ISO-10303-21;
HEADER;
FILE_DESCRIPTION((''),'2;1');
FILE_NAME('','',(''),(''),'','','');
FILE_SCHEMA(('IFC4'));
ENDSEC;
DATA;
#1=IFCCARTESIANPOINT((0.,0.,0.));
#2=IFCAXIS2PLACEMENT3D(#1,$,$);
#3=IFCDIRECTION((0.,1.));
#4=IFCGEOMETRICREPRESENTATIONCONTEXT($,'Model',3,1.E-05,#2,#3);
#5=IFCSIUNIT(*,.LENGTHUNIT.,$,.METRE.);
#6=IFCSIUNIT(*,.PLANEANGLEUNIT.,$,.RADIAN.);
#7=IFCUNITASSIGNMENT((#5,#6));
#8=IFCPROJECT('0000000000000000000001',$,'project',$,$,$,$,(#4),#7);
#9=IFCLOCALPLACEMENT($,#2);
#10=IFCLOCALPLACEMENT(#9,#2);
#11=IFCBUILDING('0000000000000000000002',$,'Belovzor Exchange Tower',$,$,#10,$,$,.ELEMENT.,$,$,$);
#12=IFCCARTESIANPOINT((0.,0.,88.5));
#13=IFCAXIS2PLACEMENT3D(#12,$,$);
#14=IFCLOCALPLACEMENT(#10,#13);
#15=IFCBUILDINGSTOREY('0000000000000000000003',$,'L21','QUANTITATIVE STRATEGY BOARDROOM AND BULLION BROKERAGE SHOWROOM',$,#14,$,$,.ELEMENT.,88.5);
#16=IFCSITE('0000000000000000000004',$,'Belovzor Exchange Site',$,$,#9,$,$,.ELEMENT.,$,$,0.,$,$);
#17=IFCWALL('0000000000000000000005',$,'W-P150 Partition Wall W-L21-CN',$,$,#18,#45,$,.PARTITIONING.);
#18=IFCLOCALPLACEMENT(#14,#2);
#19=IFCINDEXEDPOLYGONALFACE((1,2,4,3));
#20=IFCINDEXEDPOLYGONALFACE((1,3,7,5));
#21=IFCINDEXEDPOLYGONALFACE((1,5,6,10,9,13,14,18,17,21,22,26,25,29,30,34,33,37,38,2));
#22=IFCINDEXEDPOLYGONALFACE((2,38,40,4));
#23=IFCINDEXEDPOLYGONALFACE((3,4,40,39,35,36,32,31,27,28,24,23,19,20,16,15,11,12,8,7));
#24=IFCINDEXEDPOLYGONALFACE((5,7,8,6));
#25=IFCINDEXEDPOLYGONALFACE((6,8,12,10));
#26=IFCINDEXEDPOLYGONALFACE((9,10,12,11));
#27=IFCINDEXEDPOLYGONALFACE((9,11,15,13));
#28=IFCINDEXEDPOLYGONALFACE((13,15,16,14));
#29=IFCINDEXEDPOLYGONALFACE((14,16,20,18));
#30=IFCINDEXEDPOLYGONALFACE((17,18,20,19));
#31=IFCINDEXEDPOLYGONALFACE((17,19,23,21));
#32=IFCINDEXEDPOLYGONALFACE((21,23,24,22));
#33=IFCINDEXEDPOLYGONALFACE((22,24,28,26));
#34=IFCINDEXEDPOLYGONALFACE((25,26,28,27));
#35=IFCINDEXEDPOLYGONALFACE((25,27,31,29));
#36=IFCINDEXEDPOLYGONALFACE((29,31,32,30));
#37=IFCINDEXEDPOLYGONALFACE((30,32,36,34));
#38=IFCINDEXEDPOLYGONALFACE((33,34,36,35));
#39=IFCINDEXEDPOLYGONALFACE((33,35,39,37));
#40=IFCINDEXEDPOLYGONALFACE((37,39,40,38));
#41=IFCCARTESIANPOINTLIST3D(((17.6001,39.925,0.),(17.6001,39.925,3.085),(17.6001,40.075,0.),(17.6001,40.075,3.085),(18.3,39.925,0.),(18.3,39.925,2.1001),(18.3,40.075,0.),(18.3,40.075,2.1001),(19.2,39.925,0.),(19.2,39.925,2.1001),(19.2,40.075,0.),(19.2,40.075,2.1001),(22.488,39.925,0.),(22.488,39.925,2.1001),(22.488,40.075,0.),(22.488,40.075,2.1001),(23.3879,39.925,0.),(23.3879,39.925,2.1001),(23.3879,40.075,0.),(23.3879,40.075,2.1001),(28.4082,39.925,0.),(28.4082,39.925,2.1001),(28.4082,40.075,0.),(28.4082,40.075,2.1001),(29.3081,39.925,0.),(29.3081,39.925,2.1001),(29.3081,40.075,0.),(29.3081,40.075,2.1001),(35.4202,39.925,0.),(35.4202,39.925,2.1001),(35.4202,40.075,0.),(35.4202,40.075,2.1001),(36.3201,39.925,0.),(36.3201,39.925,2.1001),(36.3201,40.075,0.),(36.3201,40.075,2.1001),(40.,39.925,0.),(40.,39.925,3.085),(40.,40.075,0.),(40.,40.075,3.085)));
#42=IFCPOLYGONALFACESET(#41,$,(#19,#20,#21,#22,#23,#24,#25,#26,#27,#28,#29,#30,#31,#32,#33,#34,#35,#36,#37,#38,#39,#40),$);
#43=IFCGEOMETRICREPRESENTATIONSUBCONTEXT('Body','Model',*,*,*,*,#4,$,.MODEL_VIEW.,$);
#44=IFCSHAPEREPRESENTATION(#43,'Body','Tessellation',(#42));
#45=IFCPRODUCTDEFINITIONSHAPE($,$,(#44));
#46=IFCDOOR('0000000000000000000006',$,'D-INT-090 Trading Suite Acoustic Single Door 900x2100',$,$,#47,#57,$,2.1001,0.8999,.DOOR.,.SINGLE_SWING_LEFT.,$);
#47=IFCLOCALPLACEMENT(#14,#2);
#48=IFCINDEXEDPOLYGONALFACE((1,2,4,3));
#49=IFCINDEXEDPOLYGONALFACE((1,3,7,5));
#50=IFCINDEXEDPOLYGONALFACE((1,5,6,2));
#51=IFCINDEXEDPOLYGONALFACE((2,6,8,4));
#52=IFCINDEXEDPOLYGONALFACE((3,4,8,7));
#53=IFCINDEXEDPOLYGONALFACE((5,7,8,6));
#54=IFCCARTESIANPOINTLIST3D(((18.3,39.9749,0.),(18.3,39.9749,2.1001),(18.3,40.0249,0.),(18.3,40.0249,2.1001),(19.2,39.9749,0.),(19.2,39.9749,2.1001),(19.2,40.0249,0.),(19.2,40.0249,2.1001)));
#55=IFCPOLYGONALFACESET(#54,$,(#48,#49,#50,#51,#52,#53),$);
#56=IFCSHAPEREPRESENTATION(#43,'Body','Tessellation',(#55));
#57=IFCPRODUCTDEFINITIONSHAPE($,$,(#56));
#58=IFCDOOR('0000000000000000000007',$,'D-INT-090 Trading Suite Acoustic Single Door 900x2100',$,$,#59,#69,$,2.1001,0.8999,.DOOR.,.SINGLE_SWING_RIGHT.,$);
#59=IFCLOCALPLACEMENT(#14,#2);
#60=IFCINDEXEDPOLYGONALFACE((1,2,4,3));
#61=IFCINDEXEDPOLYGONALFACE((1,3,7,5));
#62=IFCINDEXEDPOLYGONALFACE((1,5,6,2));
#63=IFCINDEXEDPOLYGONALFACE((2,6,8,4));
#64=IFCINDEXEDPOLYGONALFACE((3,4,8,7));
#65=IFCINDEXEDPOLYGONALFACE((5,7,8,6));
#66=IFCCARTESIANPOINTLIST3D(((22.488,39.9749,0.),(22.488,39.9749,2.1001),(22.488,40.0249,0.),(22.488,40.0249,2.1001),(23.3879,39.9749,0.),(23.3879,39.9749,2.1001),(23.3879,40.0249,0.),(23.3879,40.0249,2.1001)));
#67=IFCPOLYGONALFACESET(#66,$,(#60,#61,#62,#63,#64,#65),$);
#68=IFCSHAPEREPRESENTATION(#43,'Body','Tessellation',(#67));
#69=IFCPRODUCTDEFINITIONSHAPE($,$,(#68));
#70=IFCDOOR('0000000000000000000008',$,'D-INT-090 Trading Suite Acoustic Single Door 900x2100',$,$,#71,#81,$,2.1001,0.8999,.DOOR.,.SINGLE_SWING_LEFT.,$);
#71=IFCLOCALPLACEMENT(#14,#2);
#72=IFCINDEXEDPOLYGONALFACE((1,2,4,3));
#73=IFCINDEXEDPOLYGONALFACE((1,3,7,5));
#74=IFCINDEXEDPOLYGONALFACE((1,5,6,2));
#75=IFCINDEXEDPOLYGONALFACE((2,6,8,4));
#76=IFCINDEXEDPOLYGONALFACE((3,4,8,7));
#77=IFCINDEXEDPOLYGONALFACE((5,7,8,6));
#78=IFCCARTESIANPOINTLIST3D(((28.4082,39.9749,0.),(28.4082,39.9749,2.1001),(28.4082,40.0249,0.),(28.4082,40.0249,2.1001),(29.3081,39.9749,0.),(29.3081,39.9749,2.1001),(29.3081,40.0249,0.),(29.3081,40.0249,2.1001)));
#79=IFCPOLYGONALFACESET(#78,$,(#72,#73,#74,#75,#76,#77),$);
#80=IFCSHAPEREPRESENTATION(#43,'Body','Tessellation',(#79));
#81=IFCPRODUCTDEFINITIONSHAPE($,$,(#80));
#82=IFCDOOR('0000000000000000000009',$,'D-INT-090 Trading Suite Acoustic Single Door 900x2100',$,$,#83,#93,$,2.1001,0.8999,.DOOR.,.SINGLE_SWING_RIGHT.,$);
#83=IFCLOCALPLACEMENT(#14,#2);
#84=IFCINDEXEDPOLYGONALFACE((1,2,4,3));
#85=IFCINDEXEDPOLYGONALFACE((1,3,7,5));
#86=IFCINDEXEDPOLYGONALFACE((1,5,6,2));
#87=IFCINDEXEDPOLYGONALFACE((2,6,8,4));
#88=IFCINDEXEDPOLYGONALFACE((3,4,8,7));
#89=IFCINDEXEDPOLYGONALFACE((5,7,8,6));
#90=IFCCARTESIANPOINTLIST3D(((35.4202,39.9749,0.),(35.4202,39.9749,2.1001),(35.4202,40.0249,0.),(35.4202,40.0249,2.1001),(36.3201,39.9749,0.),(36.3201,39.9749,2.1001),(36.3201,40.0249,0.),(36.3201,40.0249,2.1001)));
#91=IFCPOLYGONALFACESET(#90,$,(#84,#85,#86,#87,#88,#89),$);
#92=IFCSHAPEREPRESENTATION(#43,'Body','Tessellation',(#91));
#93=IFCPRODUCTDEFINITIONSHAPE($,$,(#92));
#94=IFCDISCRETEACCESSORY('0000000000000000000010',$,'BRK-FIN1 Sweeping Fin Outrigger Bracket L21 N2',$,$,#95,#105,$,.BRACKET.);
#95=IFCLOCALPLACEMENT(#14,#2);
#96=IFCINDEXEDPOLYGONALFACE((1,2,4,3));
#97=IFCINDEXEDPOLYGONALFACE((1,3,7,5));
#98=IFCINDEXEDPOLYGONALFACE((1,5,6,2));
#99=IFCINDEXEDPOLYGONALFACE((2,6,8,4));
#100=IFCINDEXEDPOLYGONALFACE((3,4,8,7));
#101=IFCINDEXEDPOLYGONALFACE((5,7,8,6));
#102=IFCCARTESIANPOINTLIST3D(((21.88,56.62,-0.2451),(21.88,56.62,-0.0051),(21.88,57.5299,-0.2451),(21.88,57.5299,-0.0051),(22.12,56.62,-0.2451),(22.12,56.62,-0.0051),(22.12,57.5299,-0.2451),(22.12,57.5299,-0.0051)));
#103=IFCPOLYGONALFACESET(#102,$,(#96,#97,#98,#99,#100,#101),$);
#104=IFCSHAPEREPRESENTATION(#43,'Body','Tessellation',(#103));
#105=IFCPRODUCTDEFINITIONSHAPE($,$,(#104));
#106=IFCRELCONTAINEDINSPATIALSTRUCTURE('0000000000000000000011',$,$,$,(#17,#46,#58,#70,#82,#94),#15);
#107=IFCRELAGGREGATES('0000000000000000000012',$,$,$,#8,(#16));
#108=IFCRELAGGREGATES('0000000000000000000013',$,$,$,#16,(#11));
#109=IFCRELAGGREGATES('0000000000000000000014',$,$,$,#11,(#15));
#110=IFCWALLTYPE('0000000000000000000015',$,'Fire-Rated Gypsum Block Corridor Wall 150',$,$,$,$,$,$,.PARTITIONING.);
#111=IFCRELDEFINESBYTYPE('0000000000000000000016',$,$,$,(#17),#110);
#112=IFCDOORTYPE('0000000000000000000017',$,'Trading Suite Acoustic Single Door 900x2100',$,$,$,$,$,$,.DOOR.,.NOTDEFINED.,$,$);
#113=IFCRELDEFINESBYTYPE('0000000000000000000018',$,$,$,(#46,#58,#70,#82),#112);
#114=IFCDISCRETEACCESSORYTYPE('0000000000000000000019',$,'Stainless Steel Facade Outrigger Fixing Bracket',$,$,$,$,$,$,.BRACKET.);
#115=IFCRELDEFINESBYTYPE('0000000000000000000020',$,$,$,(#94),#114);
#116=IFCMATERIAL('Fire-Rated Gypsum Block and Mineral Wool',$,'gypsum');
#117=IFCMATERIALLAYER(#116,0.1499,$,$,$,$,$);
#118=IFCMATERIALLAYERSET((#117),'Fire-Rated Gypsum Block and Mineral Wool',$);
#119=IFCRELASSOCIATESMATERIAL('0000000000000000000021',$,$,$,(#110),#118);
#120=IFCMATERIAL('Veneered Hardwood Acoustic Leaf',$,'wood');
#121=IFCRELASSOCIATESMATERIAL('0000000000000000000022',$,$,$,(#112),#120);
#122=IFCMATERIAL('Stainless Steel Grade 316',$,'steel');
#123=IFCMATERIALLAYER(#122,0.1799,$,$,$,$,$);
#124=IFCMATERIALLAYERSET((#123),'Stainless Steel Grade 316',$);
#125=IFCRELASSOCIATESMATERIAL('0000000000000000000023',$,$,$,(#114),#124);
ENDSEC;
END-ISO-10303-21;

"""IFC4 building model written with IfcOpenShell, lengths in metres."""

from ifc_helpers import new_model, si_unit, direction, frame, frame_2d, origin, origin_2d, place, context, subcontext, project, spatial, rectangle, extrude, material, layer, layer_set, type_object, element, fill, save


model = new_model("IFC4")

# Units and contexts
model_context = context("Model", 3, precision=1e-05, world=origin(), true_north=direction((0.0, 1.0)))
body_context = subcontext(model_context, "Body", "Model", "MODEL_VIEW")
ifc_project = project(units=[si_unit("LENGTHUNIT", "METRE"), si_unit("PLANEANGLEUNIT", "RADIAN")], contexts=[model_context])

# Site, building, storey
site_placement = place(None, origin())
site = spatial("IfcSite", under=ifc_project, at=site_placement, Name="Belovzor Exchange Site", CompositionType="ELEMENT", RefElevation=0.0)
building_placement = place(site_placement, origin())
building = spatial("IfcBuilding", under=site, at=building_placement, Name="Belovzor Exchange Tower", CompositionType="ELEMENT")
storey_placement = place(building_placement, frame((0.0, 0.0, 88.5)))
storey = spatial("IfcBuildingStorey", under=building, at=storey_placement, Name="L21", Description="QUANTITATIVE STRATEGY BOARDROOM AND BULLION BROKERAGE SHOWROOM", CompositionType="ELEMENT", Elevation=88.5)

# Wall, openings, doors
ifc_material_1 = material(Name="Fire-Rated Gypsum Block and Mineral Wool", Category="gypsum")
ifc_layer_1 = layer(ifc_material_1, 0.1499)
ifc_layer_set_1 = layer_set([ifc_layer_1], Name="Fire-Rated Gypsum Block and Mineral Wool")
wall_type_1 = type_object("IfcWallType", Name="Fire-Rated Gypsum Block Corridor Wall 150", PredefinedType="PARTITIONING", material=ifc_layer_set_1)
wall_1_placement = place(storey_placement, frame((17.6001, 40.0, 0.0), z_axis=(0.0, 0.0, 1.0), x_axis=(1.0, 0.0, 0.0)))
wall_1 = element("IfcWall", 1, at=wall_1_placement, inside=storey, type_object=wall_type_1, Name="W-P150 Partition Wall W-L21-CN", PredefinedType="PARTITIONING", context=body_context, shape_type="SweptSolid", body=[
    extrude(rectangle(XDim=22.3999, YDim=0.1499, at=frame_2d((11.2, 0.0))), origin(), (0.0, 0.0, 1.0), 3.085),
])
opening_1_placement = place(wall_1_placement, frame((0.7, 0.0, 0.0)))
opening_1 = element("IfcOpeningElement", 2, at=opening_1_placement, cuts=wall_1, PredefinedType="OPENING", context=body_context, shape_type="SweptSolid", body=[
    extrude(rectangle(XDim=0.8999, YDim=2.1001, at=frame_2d((0.45, 1.05))), frame((0.0, 0.085, 0.0), z_axis=(0.0, -1.0, 0.0), x_axis=(1.0, 0.0, 0.0)), (0.0, 0.0, 1.0), 0.1699),
])
opening_2_placement = place(wall_1_placement, frame((4.8879, 0.0, 0.0)))
opening_2 = element("IfcOpeningElement", 3, at=opening_2_placement, cuts=wall_1, PredefinedType="OPENING", context=body_context, shape_type="SweptSolid", body=[
    extrude(rectangle(XDim=0.8999, YDim=2.1001, at=frame_2d((0.45, 1.05))), frame((0.0, 0.085, 0.0), z_axis=(0.0, -1.0, 0.0), x_axis=(1.0, 0.0, 0.0)), (0.0, 0.0, 1.0), 0.1699),
])
opening_3_placement = place(wall_1_placement, frame((10.8081, 0.0, 0.0)))
opening_3 = element("IfcOpeningElement", 4, at=opening_3_placement, cuts=wall_1, PredefinedType="OPENING", context=body_context, shape_type="SweptSolid", body=[
    extrude(rectangle(XDim=0.8999, YDim=2.1001, at=frame_2d((0.45, 1.05))), frame((0.0, 0.085, 0.0), z_axis=(0.0, -1.0, 0.0), x_axis=(1.0, 0.0, 0.0)), (0.0, 0.0, 1.0), 0.1699),
])
opening_4_placement = place(wall_1_placement, frame((17.8201, 0.0, 0.0)))
opening_4 = element("IfcOpeningElement", 5, at=opening_4_placement, cuts=wall_1, PredefinedType="OPENING", context=body_context, shape_type="SweptSolid", body=[
    extrude(rectangle(XDim=0.8999, YDim=2.1001, at=frame_2d((0.45, 1.05))), frame((0.0, 0.085, 0.0), z_axis=(0.0, -1.0, 0.0), x_axis=(1.0, 0.0, 0.0)), (0.0, 0.0, 1.0), 0.1699),
])
ifc_material_2 = material(Name="Veneered Hardwood Acoustic Leaf", Category="wood")
door_type_1 = type_object("IfcDoorType", Name="Trading Suite Acoustic Single Door 900x2100", OperationType="NOTDEFINED", PredefinedType="DOOR", material=ifc_material_2)
door_1_placement = place(opening_1_placement, origin())
door_1 = element("IfcDoor", 6, at=door_1_placement, inside=storey, type_object=door_type_1, Name="D-INT-090 Trading Suite Acoustic Single Door 900x2100", OperationType="SINGLE_SWING_LEFT", OverallHeight=2.1001, OverallWidth=0.8999, PredefinedType="DOOR", context=body_context, shape_type="SweptSolid", body=[
    extrude(rectangle(XDim=0.8999, YDim=2.1001, at=frame_2d((0.45, 1.05))), frame((0.0, 0.0249, 0.0), z_axis=(0.0, -1.0, 0.0), x_axis=(1.0, 0.0, 0.0)), (0.0, 0.0, 1.0), 0.05),
])
fill(opening_1, door_1)
door_2_placement = place(opening_2_placement, origin())
door_2 = element("IfcDoor", 7, at=door_2_placement, inside=storey, type_object=door_type_1, Name="D-INT-090 Trading Suite Acoustic Single Door 900x2100", OperationType="SINGLE_SWING_RIGHT", OverallHeight=2.1001, OverallWidth=0.8999, PredefinedType="DOOR", context=body_context, shape_type="SweptSolid", body=[
    extrude(rectangle(XDim=0.8999, YDim=2.1001, at=frame_2d((0.45, 1.05))), frame((0.0, 0.0249, 0.0), z_axis=(0.0, -1.0, 0.0), x_axis=(1.0, 0.0, 0.0)), (0.0, 0.0, 1.0), 0.05),
])
fill(opening_2, door_2)
door_3_placement = place(opening_3_placement, origin())
door_3 = element("IfcDoor", 8, at=door_3_placement, inside=storey, type_object=door_type_1, Name="D-INT-090 Trading Suite Acoustic Single Door 900x2100", OperationType="SINGLE_SWING_LEFT", OverallHeight=2.1001, OverallWidth=0.8999, PredefinedType="DOOR", context=body_context, shape_type="SweptSolid", body=[
    extrude(rectangle(XDim=0.8999, YDim=2.1001, at=frame_2d((0.45, 1.05))), frame((0.0, 0.0249, 0.0), z_axis=(0.0, -1.0, 0.0), x_axis=(1.0, 0.0, 0.0)), (0.0, 0.0, 1.0), 0.05),
])
fill(opening_3, door_3)
door_4_placement = place(opening_4_placement, origin())
door_4 = element("IfcDoor", 9, at=door_4_placement, inside=storey, type_object=door_type_1, Name="D-INT-090 Trading Suite Acoustic Single Door 900x2100", OperationType="SINGLE_SWING_RIGHT", OverallHeight=2.1001, OverallWidth=0.8999, PredefinedType="DOOR", context=body_context, shape_type="SweptSolid", body=[
    extrude(rectangle(XDim=0.8999, YDim=2.1001, at=frame_2d((0.45, 1.05))), frame((0.0, 0.0249, 0.0), z_axis=(0.0, -1.0, 0.0), x_axis=(1.0, 0.0, 0.0)), (0.0, 0.0, 1.0), 0.05),
])
fill(opening_4, door_4)

# Discrete accessory
ifc_material_3 = material(Name="Stainless Steel Grade 316", Category="steel")
ifc_layer_2 = layer(ifc_material_3, 0.1799)
ifc_layer_set_2 = layer_set([ifc_layer_2], Name="Stainless Steel Grade 316")
discrete_accessory_type = type_object("IfcDiscreteAccessoryType", Name="Stainless Steel Facade Outrigger Fixing Bracket", PredefinedType="BRACKET", material=ifc_layer_set_2)
discrete_accessory_placement = place(storey_placement, frame((22.0, 57.075, -0.2451), z_axis=(0.0, 0.0, 1.0), x_axis=(0.0, 1.0, 0.0)))
element("IfcDiscreteAccessory", 10, at=discrete_accessory_placement, inside=storey, type_object=discrete_accessory_type, Name="BRK-FIN1 Sweeping Fin Outrigger Bracket L21 N2", PredefinedType="BRACKET", context=body_context, shape_type="SweptSolid", body=[
    extrude(rectangle(XDim=0.9099, YDim=0.24, at=origin_2d()), origin(), (0.0, 0.0, 1.0), 0.24),
])

save(model, "model.ifc")
